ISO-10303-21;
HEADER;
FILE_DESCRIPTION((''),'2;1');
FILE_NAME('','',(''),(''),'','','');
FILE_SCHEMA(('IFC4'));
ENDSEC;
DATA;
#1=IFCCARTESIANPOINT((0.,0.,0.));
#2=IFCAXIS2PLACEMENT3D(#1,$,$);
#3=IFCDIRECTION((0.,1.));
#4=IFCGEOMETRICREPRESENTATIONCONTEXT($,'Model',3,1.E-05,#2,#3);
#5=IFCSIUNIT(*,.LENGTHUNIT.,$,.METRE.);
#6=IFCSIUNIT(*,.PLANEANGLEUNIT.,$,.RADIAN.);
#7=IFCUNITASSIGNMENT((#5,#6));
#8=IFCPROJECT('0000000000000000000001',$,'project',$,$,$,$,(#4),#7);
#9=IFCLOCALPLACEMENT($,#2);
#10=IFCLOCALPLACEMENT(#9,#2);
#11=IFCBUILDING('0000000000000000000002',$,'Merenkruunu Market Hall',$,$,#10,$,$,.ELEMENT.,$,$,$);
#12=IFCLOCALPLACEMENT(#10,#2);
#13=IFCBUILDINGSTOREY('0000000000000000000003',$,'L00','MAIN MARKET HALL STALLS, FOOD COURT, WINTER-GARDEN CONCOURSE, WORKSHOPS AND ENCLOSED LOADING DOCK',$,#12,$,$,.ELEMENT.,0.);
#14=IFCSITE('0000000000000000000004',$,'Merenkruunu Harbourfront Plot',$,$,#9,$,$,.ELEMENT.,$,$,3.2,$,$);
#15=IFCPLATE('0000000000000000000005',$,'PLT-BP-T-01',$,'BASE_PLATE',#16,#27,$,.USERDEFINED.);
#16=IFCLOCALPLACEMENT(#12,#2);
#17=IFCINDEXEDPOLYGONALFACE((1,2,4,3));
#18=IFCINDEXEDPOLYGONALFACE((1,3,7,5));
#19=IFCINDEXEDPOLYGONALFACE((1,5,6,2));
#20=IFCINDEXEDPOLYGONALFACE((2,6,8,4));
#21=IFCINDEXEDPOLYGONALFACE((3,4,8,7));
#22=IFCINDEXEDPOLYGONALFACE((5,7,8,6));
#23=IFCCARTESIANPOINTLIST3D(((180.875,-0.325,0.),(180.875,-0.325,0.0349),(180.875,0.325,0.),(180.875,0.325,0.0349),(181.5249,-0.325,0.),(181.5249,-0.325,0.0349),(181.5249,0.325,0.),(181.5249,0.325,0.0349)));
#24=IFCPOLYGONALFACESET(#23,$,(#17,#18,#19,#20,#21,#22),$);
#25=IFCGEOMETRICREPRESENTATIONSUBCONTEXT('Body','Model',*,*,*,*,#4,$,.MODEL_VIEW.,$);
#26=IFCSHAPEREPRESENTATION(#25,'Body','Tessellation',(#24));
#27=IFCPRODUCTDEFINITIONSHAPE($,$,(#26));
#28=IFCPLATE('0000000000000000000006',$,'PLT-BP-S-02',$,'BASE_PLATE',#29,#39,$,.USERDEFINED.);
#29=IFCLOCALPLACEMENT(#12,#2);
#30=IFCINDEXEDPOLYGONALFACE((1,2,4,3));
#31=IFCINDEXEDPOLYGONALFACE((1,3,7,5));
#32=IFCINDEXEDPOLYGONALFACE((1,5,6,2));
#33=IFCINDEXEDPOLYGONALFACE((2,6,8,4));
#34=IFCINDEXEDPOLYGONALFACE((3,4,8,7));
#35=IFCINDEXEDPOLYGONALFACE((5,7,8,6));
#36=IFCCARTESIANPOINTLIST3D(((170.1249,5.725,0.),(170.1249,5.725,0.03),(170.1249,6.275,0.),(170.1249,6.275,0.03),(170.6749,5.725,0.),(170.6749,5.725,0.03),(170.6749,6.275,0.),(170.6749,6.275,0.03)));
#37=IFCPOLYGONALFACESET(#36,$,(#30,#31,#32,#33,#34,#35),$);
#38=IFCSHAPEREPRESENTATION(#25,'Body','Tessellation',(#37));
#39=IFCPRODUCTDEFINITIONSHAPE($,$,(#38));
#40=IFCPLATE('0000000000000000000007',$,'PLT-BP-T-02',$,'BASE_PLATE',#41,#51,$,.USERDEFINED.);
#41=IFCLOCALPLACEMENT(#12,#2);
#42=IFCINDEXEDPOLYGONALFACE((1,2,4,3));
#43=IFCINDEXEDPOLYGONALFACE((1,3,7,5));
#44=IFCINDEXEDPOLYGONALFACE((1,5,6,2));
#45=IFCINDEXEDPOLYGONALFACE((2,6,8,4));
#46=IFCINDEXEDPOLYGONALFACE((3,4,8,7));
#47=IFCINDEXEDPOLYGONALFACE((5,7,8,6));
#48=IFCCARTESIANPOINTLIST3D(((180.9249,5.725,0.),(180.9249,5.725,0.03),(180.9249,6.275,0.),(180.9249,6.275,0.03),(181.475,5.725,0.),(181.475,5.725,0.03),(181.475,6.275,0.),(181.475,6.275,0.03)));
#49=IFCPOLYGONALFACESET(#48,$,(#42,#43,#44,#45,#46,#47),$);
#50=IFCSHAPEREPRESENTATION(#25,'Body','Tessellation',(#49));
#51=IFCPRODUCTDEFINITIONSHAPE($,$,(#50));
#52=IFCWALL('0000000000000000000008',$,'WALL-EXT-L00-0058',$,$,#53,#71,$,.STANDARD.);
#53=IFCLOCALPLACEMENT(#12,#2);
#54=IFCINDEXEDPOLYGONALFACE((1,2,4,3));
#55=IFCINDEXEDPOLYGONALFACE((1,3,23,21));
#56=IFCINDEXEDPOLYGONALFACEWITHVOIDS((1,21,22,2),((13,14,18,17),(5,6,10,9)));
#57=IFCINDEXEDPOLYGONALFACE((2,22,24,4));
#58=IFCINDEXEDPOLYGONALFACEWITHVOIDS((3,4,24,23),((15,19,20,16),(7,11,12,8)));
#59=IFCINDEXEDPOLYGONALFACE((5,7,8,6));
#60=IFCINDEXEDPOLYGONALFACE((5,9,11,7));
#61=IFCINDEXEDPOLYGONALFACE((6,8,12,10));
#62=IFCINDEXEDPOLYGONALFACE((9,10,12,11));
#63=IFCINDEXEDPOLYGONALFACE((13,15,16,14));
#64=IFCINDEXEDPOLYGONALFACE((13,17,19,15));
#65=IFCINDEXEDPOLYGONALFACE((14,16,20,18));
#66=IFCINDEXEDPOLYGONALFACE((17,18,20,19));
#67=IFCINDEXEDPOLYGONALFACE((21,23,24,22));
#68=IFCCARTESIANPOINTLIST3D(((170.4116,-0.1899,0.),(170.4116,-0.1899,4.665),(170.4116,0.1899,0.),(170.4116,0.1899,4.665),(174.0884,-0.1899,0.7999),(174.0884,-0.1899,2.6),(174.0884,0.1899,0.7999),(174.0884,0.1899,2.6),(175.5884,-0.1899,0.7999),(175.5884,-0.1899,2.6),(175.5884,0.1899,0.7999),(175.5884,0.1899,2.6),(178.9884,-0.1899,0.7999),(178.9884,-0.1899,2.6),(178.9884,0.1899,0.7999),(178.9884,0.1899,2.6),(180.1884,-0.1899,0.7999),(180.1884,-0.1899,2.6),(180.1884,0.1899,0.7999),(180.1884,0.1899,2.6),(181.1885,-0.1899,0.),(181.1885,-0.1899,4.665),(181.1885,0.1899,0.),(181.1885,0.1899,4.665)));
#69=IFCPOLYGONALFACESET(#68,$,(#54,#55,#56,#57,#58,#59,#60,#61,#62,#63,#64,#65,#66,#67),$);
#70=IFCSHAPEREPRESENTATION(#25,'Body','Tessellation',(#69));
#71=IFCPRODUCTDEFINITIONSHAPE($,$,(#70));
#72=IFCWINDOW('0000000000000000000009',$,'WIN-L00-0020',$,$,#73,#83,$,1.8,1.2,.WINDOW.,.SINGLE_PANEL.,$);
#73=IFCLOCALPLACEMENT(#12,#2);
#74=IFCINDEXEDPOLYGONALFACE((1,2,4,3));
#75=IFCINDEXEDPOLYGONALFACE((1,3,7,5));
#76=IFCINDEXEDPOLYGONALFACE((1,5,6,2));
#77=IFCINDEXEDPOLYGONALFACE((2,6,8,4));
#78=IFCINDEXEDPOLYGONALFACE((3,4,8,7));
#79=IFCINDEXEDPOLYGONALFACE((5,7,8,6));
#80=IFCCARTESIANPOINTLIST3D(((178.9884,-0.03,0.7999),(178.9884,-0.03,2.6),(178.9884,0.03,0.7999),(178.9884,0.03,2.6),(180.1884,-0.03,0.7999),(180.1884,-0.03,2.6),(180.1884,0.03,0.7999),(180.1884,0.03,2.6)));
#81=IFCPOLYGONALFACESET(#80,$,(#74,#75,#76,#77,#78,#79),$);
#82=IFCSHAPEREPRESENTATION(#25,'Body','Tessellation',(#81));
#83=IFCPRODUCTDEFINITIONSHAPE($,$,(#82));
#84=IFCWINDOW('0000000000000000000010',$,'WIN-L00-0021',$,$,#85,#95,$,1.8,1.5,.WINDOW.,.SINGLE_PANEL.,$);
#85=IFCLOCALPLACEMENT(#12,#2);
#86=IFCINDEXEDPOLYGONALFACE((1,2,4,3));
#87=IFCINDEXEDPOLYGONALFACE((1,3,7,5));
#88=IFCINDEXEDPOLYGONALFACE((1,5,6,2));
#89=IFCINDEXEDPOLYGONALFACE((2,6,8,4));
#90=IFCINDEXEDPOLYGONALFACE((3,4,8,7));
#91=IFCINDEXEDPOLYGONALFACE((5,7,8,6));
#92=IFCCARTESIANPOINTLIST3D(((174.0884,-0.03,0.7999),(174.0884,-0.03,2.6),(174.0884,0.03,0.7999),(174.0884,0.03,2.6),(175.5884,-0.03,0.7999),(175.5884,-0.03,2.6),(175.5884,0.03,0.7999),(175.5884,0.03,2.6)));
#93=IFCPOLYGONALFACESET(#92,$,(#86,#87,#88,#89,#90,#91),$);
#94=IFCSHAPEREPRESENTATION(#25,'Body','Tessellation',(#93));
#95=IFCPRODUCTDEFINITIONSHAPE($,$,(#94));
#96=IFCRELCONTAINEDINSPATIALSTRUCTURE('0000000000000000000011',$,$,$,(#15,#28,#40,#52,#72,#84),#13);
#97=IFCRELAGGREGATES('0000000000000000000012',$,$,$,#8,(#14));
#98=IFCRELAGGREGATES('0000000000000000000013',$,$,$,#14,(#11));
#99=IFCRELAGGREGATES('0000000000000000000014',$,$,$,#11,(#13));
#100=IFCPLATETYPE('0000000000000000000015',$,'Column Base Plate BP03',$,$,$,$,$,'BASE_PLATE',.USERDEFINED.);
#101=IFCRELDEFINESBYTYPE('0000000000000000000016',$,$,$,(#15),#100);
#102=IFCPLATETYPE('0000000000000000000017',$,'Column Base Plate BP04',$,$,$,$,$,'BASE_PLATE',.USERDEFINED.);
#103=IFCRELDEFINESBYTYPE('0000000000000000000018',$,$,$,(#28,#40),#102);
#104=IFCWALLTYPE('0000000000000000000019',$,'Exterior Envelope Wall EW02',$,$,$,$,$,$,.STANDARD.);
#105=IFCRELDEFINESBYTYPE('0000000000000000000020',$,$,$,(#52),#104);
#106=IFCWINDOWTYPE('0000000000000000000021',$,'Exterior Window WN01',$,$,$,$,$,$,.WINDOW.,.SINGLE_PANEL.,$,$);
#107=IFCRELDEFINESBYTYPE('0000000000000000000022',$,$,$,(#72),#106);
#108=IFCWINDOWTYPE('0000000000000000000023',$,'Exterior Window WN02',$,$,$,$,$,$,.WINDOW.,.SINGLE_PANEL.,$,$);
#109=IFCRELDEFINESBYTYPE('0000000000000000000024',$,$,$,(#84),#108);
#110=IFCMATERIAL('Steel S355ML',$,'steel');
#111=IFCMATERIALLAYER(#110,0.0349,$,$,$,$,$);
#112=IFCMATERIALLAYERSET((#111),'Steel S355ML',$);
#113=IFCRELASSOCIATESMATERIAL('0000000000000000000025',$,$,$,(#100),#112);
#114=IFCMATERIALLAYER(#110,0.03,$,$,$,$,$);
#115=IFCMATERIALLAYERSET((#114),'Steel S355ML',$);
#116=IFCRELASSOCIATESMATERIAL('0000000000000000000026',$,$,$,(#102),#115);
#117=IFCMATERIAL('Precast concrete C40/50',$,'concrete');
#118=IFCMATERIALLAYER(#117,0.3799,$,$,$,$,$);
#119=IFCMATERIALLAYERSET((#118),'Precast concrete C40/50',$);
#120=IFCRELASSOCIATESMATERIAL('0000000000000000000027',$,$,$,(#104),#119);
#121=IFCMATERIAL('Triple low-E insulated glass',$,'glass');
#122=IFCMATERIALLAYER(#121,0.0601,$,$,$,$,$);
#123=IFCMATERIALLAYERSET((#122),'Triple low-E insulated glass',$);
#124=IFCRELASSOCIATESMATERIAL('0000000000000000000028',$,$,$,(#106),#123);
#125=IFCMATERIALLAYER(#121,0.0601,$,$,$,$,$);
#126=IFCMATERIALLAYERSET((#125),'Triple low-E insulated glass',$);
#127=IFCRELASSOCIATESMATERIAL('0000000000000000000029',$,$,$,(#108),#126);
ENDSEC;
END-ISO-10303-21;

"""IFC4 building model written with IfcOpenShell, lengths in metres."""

from ifc_helpers import new_model, si_unit, direction, frame, frame_2d, origin, origin_2d, place, context, subcontext, project, spatial, rectangle, extrude, material, layer, layer_set, type_object, element, fill, save


model = new_model("IFC4")

# Units and contexts
model_context = context("Model", 3, precision=1e-05, world=origin(), true_north=direction((0.0, 1.0)))
body_context = subcontext(model_context, "Body", "Model", "MODEL_VIEW")
ifc_project = project(units=[si_unit("LENGTHUNIT", "METRE"), si_unit("PLANEANGLEUNIT", "RADIAN")], contexts=[model_context])

# Site, building, storey
site_placement = place(None, origin())
site = spatial("IfcSite", under=ifc_project, at=site_placement, Name="Merenkruunu Harbourfront Plot", CompositionType="ELEMENT", RefElevation=3.2)
building_placement = place(site_placement, origin())
building = spatial("IfcBuilding", under=site, at=building_placement, Name="Merenkruunu Market Hall", CompositionType="ELEMENT")
storey_placement = place(building_placement, origin())
storey = spatial("IfcBuildingStorey", under=building, at=storey_placement, Name="L00", Description="MAIN MARKET HALL STALLS, FOOD COURT, WINTER-GARDEN CONCOURSE, WORKSHOPS AND ENCLOSED LOADING DOCK", CompositionType="ELEMENT", Elevation=0.0)

# Shared definitions
ifc_material_1 = material(Name="Steel S355ML", Category="steel")

# Plates
ifc_layer_1 = layer(ifc_material_1, 0.0349)
ifc_layer_set_1 = layer_set([ifc_layer_1], Name="Steel S355ML")
plate_type_1 = type_object("IfcPlateType", Name="Column Base Plate BP03", ElementType="BASE_PLATE", PredefinedType="USERDEFINED", material=ifc_layer_set_1)
plate_placement = place(storey_placement, frame((181.2, 0.0, 0.0), z_axis=(0.0, 0.0, 1.0), x_axis=(1.0, 0.0, 0.0)))
element("IfcPlate", 1, at=plate_placement, inside=storey, type_object=plate_type_1, Name="PLT-BP-T-01", ObjectType="BASE_PLATE", PredefinedType="USERDEFINED", context=body_context, shape_type="SweptSolid", body=[
    extrude(rectangle(XDim=0.6499, YDim=0.6499, at=origin_2d()), origin(), (0.0, 0.0, 1.0), 0.0349),
])
ifc_layer_2 = layer(ifc_material_1, 0.03)
ifc_layer_set_2 = layer_set([ifc_layer_2], Name="Steel S355ML")
plate_type_2 = type_object("IfcPlateType", Name="Column Base Plate BP04", ElementType="BASE_PLATE", PredefinedType="USERDEFINED", material=ifc_layer_set_2)
for number, where, z_axis, x_axis, name in (
    (2, (170.3999, 6.0, 0.0), (0.0, 0.0, 1.0), (1.0, 0.0, 0.0), "PLT-BP-S-02"),
    (3, (181.2, 6.0, 0.0), (0.0, 0.0, 1.0), (1.0, 0.0, 0.0), "PLT-BP-T-02"),
):
    element("IfcPlate", number, at=place(storey_placement, frame(where, z_axis=z_axis, x_axis=x_axis)), inside=storey, type_object=plate_type_2, Name=name, ObjectType="BASE_PLATE", PredefinedType="USERDEFINED", context=body_context, shape_type="SweptSolid", body=[
        extrude(rectangle(XDim=0.55, YDim=0.55, at=origin_2d()), origin(), (0.0, 0.0, 1.0), 0.03),
    ])

# Wall, openings, windows
ifc_material_2 = material(Name="Precast concrete C40/50", Category="concrete")
ifc_layer_3 = layer(ifc_material_2, 0.3799)
ifc_layer_set_3 = layer_set([ifc_layer_3], Name="Precast concrete C40/50")
wall_type_1 = type_object("IfcWallType", Name="Exterior Envelope Wall EW02", PredefinedType="STANDARD", material=ifc_layer_set_3)
wall_1_placement = place(storey_placement, frame((181.1885, 0.0, 0.0), z_axis=(0.0, 0.0, 1.0), x_axis=(-1.0, 0.0, 0.0)))
wall_1 = element("IfcWall", 4, at=wall_1_placement, inside=storey, type_object=wall_type_1, Name="WALL-EXT-L00-0058", PredefinedType="STANDARD", context=body_context, shape_type="SweptSolid", body=[
    extrude(rectangle(XDim=10.7769, YDim=0.3799, at=frame_2d((5.3884, 0.0))), origin(), (0.0, 0.0, 1.0), 4.665),
])
opening_1_placement = place(wall_1_placement, frame((1.0, 0.0, 0.8)))
opening_1 = element("IfcOpeningElement", 5, at=opening_1_placement, cuts=wall_1, PredefinedType="OPENING", context=body_context, shape_type="SweptSolid", body=[
    extrude(rectangle(XDim=1.2, YDim=1.8, at=frame_2d((0.6001, 0.8999))), frame((0.0, 0.2, 0.0), z_axis=(0.0, -1.0, 0.0), x_axis=(1.0, 0.0, 0.0)), (0.0, 0.0, 1.0), 0.3999),
])
opening_2_placement = place(wall_1_placement, frame((5.6001, 0.0, 0.8)))
opening_2 = element("IfcOpeningElement", 6, at=opening_2_placement, cuts=wall_1, PredefinedType="OPENING", context=body_context, shape_type="SweptSolid", body=[
    extrude(rectangle(XDim=1.5, YDim=1.8, at=frame_2d((0.75, 0.8999))), frame((0.0, 0.2, 0.0), z_axis=(0.0, -1.0, 0.0), x_axis=(1.0, 0.0, 0.0)), (0.0, 0.0, 1.0), 0.3999),
])
ifc_material_3 = material(Name="Triple low-E insulated glass", Category="glass")
ifc_layer_4 = layer(ifc_material_3, 0.0601)
ifc_layer_set_4 = layer_set([ifc_layer_4], Name="Triple low-E insulated glass")
window_type_1 = type_object("IfcWindowType", Name="Exterior Window WN01", PartitioningType="SINGLE_PANEL", PredefinedType="WINDOW", material=ifc_layer_set_4)
window_1_placement = place(opening_1_placement, origin())
window_1 = element("IfcWindow", 7, at=window_1_placement, inside=storey, type_object=window_type_1, Name="WIN-L00-0020", OverallHeight=1.8, OverallWidth=1.2, PartitioningType="SINGLE_PANEL", PredefinedType="WINDOW", context=body_context, shape_type="SweptSolid", body=[
    extrude(rectangle(XDim=1.2, YDim=1.8, at=frame_2d((0.6001, 0.8999))), frame((0.0, 0.03, 0.0), z_axis=(0.0, -1.0, 0.0), x_axis=(1.0, 0.0, 0.0)), (0.0, 0.0, 1.0), 0.0601),
])
fill(opening_1, window_1)
ifc_layer_5 = layer(ifc_material_3, 0.0601)
ifc_layer_set_5 = layer_set([ifc_layer_5], Name="Triple low-E insulated glass")
window_type_2 = type_object("IfcWindowType", Name="Exterior Window WN02", PartitioningType="SINGLE_PANEL", PredefinedType="WINDOW", material=ifc_layer_set_5)
window_2_placement = place(opening_2_placement, origin())
window_2 = element("IfcWindow", 8, at=window_2_placement, inside=storey, type_object=window_type_2, Name="WIN-L00-0021", OverallHeight=1.8, OverallWidth=1.5, PartitioningType="SINGLE_PANEL", PredefinedType="WINDOW", context=body_context, shape_type="SweptSolid", body=[
    extrude(rectangle(XDim=1.5, YDim=1.8, at=frame_2d((0.75, 0.8999))), frame((0.0, 0.03, 0.0), z_axis=(0.0, -1.0, 0.0), x_axis=(1.0, 0.0, 0.0)), (0.0, 0.0, 1.0), 0.0601),
])
fill(opening_2, window_2)

save(model, "model.ifc")
